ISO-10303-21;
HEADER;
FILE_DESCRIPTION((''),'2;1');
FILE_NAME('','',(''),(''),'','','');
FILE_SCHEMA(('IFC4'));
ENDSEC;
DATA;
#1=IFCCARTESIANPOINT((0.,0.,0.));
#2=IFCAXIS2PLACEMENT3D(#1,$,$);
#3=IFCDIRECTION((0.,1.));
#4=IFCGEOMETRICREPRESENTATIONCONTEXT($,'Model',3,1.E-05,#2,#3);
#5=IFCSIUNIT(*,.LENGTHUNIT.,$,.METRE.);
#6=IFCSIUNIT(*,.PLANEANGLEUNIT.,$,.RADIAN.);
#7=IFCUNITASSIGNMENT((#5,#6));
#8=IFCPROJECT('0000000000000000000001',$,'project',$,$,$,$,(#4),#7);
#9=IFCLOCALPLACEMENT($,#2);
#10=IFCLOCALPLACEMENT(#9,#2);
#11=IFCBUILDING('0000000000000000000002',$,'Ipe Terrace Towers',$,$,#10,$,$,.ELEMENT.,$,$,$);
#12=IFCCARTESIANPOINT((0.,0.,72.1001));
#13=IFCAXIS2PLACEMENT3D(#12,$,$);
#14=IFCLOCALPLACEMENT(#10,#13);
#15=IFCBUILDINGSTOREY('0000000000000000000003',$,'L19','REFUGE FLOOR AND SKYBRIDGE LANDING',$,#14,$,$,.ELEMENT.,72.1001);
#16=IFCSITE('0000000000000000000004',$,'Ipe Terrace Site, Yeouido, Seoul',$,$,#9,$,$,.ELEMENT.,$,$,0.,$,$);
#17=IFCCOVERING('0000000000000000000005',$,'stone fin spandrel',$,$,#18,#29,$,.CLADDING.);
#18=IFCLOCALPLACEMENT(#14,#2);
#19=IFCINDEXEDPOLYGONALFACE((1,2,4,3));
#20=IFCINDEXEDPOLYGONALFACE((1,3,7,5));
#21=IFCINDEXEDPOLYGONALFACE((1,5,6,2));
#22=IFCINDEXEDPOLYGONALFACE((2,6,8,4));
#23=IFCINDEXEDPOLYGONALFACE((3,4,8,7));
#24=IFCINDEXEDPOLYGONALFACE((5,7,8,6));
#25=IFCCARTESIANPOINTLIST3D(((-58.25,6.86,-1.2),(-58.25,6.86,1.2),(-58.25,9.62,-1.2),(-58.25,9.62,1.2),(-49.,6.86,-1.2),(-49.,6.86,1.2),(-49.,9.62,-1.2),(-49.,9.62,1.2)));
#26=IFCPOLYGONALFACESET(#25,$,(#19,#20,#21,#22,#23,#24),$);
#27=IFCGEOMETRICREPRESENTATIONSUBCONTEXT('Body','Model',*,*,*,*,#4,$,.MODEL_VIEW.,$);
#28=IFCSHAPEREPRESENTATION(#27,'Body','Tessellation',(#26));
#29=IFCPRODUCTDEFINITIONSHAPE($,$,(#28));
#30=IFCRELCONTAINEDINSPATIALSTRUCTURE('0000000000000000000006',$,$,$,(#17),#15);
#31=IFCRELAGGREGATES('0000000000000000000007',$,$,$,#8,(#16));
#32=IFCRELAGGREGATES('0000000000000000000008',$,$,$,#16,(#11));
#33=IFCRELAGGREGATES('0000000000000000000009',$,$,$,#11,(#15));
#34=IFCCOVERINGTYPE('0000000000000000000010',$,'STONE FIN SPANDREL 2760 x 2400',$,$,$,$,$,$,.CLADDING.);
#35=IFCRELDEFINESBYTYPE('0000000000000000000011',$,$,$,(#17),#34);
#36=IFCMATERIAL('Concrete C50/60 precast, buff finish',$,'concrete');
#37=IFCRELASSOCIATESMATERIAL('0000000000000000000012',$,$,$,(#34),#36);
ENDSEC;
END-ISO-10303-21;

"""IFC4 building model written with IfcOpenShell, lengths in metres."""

from ifc_helpers import new_model, si_unit, direction, frame, origin, origin_2d, place, context, subcontext, project, spatial, rectangle, extrude, material, material_profile, profile_set, type_object, element, save


model = new_model("IFC4")

# Units and contexts
model_context = context("Model", 3, precision=1e-05, world=origin(), true_north=direction((0.0, 1.0)))
body_context = subcontext(model_context, "Body", "Model", "MODEL_VIEW")
ifc_project = project(units=[si_unit("LENGTHUNIT", "METRE"), si_unit("PLANEANGLEUNIT", "RADIAN")], contexts=[model_context])

# Site, building, storey
site_placement = place(None, origin())
site = spatial("IfcSite", under=ifc_project, at=site_placement, Name="Ipe Terrace Site, Yeouido, Seoul", CompositionType="ELEMENT", RefElevation=0.0)
building_placement = place(site_placement, origin())
building = spatial("IfcBuilding", under=site, at=building_placement, Name="Ipe Terrace Towers", CompositionType="ELEMENT")
storey_placement = place(building_placement, frame((0.0, 0.0, 72.1001)))
storey = spatial("IfcBuildingStorey", under=building, at=storey_placement, Name="L19", Description="REFUGE FLOOR AND SKYBRIDGE LANDING", CompositionType="ELEMENT", Elevation=72.1001)

# Covering
ifc_material_1 = material(Name="Concrete C50/60 precast, buff finish", Category="concrete")
ifc_material_profile_1 = material_profile(ifc_material_1, rectangle(XDim=2.76, YDim=2.3999, at=origin_2d()), Name="STONE FIN SPANDREL 2760 x 2400")
ifc_profile_set_1 = profile_set([ifc_material_profile_1], Name="Concrete C50/60 precast, buff finish")
covering_type_1 = type_object("IfcCoveringType", Name="STONE FIN SPANDREL 2760 x 2400", PredefinedType="CLADDING", material=ifc_profile_set_1)
covering_1_placement = place(storey_placement, frame((-49.0, 8.24, 0.0), z_axis=(-1.0, 0.0, 0.0), x_axis=(0.0, 1.0, 0.0)))
element("IfcCovering", 1, at=covering_1_placement, inside=storey, type_object=covering_type_1, Name="stone fin spandrel", PredefinedType="CLADDING", context=body_context, shape_type="SweptSolid", body=[
    extrude(rectangle(XDim=2.76, YDim=2.3999, at=origin_2d()), origin(), (0.0, 0.0, 1.0), 9.25),
])

save(model, "model.ifc")
